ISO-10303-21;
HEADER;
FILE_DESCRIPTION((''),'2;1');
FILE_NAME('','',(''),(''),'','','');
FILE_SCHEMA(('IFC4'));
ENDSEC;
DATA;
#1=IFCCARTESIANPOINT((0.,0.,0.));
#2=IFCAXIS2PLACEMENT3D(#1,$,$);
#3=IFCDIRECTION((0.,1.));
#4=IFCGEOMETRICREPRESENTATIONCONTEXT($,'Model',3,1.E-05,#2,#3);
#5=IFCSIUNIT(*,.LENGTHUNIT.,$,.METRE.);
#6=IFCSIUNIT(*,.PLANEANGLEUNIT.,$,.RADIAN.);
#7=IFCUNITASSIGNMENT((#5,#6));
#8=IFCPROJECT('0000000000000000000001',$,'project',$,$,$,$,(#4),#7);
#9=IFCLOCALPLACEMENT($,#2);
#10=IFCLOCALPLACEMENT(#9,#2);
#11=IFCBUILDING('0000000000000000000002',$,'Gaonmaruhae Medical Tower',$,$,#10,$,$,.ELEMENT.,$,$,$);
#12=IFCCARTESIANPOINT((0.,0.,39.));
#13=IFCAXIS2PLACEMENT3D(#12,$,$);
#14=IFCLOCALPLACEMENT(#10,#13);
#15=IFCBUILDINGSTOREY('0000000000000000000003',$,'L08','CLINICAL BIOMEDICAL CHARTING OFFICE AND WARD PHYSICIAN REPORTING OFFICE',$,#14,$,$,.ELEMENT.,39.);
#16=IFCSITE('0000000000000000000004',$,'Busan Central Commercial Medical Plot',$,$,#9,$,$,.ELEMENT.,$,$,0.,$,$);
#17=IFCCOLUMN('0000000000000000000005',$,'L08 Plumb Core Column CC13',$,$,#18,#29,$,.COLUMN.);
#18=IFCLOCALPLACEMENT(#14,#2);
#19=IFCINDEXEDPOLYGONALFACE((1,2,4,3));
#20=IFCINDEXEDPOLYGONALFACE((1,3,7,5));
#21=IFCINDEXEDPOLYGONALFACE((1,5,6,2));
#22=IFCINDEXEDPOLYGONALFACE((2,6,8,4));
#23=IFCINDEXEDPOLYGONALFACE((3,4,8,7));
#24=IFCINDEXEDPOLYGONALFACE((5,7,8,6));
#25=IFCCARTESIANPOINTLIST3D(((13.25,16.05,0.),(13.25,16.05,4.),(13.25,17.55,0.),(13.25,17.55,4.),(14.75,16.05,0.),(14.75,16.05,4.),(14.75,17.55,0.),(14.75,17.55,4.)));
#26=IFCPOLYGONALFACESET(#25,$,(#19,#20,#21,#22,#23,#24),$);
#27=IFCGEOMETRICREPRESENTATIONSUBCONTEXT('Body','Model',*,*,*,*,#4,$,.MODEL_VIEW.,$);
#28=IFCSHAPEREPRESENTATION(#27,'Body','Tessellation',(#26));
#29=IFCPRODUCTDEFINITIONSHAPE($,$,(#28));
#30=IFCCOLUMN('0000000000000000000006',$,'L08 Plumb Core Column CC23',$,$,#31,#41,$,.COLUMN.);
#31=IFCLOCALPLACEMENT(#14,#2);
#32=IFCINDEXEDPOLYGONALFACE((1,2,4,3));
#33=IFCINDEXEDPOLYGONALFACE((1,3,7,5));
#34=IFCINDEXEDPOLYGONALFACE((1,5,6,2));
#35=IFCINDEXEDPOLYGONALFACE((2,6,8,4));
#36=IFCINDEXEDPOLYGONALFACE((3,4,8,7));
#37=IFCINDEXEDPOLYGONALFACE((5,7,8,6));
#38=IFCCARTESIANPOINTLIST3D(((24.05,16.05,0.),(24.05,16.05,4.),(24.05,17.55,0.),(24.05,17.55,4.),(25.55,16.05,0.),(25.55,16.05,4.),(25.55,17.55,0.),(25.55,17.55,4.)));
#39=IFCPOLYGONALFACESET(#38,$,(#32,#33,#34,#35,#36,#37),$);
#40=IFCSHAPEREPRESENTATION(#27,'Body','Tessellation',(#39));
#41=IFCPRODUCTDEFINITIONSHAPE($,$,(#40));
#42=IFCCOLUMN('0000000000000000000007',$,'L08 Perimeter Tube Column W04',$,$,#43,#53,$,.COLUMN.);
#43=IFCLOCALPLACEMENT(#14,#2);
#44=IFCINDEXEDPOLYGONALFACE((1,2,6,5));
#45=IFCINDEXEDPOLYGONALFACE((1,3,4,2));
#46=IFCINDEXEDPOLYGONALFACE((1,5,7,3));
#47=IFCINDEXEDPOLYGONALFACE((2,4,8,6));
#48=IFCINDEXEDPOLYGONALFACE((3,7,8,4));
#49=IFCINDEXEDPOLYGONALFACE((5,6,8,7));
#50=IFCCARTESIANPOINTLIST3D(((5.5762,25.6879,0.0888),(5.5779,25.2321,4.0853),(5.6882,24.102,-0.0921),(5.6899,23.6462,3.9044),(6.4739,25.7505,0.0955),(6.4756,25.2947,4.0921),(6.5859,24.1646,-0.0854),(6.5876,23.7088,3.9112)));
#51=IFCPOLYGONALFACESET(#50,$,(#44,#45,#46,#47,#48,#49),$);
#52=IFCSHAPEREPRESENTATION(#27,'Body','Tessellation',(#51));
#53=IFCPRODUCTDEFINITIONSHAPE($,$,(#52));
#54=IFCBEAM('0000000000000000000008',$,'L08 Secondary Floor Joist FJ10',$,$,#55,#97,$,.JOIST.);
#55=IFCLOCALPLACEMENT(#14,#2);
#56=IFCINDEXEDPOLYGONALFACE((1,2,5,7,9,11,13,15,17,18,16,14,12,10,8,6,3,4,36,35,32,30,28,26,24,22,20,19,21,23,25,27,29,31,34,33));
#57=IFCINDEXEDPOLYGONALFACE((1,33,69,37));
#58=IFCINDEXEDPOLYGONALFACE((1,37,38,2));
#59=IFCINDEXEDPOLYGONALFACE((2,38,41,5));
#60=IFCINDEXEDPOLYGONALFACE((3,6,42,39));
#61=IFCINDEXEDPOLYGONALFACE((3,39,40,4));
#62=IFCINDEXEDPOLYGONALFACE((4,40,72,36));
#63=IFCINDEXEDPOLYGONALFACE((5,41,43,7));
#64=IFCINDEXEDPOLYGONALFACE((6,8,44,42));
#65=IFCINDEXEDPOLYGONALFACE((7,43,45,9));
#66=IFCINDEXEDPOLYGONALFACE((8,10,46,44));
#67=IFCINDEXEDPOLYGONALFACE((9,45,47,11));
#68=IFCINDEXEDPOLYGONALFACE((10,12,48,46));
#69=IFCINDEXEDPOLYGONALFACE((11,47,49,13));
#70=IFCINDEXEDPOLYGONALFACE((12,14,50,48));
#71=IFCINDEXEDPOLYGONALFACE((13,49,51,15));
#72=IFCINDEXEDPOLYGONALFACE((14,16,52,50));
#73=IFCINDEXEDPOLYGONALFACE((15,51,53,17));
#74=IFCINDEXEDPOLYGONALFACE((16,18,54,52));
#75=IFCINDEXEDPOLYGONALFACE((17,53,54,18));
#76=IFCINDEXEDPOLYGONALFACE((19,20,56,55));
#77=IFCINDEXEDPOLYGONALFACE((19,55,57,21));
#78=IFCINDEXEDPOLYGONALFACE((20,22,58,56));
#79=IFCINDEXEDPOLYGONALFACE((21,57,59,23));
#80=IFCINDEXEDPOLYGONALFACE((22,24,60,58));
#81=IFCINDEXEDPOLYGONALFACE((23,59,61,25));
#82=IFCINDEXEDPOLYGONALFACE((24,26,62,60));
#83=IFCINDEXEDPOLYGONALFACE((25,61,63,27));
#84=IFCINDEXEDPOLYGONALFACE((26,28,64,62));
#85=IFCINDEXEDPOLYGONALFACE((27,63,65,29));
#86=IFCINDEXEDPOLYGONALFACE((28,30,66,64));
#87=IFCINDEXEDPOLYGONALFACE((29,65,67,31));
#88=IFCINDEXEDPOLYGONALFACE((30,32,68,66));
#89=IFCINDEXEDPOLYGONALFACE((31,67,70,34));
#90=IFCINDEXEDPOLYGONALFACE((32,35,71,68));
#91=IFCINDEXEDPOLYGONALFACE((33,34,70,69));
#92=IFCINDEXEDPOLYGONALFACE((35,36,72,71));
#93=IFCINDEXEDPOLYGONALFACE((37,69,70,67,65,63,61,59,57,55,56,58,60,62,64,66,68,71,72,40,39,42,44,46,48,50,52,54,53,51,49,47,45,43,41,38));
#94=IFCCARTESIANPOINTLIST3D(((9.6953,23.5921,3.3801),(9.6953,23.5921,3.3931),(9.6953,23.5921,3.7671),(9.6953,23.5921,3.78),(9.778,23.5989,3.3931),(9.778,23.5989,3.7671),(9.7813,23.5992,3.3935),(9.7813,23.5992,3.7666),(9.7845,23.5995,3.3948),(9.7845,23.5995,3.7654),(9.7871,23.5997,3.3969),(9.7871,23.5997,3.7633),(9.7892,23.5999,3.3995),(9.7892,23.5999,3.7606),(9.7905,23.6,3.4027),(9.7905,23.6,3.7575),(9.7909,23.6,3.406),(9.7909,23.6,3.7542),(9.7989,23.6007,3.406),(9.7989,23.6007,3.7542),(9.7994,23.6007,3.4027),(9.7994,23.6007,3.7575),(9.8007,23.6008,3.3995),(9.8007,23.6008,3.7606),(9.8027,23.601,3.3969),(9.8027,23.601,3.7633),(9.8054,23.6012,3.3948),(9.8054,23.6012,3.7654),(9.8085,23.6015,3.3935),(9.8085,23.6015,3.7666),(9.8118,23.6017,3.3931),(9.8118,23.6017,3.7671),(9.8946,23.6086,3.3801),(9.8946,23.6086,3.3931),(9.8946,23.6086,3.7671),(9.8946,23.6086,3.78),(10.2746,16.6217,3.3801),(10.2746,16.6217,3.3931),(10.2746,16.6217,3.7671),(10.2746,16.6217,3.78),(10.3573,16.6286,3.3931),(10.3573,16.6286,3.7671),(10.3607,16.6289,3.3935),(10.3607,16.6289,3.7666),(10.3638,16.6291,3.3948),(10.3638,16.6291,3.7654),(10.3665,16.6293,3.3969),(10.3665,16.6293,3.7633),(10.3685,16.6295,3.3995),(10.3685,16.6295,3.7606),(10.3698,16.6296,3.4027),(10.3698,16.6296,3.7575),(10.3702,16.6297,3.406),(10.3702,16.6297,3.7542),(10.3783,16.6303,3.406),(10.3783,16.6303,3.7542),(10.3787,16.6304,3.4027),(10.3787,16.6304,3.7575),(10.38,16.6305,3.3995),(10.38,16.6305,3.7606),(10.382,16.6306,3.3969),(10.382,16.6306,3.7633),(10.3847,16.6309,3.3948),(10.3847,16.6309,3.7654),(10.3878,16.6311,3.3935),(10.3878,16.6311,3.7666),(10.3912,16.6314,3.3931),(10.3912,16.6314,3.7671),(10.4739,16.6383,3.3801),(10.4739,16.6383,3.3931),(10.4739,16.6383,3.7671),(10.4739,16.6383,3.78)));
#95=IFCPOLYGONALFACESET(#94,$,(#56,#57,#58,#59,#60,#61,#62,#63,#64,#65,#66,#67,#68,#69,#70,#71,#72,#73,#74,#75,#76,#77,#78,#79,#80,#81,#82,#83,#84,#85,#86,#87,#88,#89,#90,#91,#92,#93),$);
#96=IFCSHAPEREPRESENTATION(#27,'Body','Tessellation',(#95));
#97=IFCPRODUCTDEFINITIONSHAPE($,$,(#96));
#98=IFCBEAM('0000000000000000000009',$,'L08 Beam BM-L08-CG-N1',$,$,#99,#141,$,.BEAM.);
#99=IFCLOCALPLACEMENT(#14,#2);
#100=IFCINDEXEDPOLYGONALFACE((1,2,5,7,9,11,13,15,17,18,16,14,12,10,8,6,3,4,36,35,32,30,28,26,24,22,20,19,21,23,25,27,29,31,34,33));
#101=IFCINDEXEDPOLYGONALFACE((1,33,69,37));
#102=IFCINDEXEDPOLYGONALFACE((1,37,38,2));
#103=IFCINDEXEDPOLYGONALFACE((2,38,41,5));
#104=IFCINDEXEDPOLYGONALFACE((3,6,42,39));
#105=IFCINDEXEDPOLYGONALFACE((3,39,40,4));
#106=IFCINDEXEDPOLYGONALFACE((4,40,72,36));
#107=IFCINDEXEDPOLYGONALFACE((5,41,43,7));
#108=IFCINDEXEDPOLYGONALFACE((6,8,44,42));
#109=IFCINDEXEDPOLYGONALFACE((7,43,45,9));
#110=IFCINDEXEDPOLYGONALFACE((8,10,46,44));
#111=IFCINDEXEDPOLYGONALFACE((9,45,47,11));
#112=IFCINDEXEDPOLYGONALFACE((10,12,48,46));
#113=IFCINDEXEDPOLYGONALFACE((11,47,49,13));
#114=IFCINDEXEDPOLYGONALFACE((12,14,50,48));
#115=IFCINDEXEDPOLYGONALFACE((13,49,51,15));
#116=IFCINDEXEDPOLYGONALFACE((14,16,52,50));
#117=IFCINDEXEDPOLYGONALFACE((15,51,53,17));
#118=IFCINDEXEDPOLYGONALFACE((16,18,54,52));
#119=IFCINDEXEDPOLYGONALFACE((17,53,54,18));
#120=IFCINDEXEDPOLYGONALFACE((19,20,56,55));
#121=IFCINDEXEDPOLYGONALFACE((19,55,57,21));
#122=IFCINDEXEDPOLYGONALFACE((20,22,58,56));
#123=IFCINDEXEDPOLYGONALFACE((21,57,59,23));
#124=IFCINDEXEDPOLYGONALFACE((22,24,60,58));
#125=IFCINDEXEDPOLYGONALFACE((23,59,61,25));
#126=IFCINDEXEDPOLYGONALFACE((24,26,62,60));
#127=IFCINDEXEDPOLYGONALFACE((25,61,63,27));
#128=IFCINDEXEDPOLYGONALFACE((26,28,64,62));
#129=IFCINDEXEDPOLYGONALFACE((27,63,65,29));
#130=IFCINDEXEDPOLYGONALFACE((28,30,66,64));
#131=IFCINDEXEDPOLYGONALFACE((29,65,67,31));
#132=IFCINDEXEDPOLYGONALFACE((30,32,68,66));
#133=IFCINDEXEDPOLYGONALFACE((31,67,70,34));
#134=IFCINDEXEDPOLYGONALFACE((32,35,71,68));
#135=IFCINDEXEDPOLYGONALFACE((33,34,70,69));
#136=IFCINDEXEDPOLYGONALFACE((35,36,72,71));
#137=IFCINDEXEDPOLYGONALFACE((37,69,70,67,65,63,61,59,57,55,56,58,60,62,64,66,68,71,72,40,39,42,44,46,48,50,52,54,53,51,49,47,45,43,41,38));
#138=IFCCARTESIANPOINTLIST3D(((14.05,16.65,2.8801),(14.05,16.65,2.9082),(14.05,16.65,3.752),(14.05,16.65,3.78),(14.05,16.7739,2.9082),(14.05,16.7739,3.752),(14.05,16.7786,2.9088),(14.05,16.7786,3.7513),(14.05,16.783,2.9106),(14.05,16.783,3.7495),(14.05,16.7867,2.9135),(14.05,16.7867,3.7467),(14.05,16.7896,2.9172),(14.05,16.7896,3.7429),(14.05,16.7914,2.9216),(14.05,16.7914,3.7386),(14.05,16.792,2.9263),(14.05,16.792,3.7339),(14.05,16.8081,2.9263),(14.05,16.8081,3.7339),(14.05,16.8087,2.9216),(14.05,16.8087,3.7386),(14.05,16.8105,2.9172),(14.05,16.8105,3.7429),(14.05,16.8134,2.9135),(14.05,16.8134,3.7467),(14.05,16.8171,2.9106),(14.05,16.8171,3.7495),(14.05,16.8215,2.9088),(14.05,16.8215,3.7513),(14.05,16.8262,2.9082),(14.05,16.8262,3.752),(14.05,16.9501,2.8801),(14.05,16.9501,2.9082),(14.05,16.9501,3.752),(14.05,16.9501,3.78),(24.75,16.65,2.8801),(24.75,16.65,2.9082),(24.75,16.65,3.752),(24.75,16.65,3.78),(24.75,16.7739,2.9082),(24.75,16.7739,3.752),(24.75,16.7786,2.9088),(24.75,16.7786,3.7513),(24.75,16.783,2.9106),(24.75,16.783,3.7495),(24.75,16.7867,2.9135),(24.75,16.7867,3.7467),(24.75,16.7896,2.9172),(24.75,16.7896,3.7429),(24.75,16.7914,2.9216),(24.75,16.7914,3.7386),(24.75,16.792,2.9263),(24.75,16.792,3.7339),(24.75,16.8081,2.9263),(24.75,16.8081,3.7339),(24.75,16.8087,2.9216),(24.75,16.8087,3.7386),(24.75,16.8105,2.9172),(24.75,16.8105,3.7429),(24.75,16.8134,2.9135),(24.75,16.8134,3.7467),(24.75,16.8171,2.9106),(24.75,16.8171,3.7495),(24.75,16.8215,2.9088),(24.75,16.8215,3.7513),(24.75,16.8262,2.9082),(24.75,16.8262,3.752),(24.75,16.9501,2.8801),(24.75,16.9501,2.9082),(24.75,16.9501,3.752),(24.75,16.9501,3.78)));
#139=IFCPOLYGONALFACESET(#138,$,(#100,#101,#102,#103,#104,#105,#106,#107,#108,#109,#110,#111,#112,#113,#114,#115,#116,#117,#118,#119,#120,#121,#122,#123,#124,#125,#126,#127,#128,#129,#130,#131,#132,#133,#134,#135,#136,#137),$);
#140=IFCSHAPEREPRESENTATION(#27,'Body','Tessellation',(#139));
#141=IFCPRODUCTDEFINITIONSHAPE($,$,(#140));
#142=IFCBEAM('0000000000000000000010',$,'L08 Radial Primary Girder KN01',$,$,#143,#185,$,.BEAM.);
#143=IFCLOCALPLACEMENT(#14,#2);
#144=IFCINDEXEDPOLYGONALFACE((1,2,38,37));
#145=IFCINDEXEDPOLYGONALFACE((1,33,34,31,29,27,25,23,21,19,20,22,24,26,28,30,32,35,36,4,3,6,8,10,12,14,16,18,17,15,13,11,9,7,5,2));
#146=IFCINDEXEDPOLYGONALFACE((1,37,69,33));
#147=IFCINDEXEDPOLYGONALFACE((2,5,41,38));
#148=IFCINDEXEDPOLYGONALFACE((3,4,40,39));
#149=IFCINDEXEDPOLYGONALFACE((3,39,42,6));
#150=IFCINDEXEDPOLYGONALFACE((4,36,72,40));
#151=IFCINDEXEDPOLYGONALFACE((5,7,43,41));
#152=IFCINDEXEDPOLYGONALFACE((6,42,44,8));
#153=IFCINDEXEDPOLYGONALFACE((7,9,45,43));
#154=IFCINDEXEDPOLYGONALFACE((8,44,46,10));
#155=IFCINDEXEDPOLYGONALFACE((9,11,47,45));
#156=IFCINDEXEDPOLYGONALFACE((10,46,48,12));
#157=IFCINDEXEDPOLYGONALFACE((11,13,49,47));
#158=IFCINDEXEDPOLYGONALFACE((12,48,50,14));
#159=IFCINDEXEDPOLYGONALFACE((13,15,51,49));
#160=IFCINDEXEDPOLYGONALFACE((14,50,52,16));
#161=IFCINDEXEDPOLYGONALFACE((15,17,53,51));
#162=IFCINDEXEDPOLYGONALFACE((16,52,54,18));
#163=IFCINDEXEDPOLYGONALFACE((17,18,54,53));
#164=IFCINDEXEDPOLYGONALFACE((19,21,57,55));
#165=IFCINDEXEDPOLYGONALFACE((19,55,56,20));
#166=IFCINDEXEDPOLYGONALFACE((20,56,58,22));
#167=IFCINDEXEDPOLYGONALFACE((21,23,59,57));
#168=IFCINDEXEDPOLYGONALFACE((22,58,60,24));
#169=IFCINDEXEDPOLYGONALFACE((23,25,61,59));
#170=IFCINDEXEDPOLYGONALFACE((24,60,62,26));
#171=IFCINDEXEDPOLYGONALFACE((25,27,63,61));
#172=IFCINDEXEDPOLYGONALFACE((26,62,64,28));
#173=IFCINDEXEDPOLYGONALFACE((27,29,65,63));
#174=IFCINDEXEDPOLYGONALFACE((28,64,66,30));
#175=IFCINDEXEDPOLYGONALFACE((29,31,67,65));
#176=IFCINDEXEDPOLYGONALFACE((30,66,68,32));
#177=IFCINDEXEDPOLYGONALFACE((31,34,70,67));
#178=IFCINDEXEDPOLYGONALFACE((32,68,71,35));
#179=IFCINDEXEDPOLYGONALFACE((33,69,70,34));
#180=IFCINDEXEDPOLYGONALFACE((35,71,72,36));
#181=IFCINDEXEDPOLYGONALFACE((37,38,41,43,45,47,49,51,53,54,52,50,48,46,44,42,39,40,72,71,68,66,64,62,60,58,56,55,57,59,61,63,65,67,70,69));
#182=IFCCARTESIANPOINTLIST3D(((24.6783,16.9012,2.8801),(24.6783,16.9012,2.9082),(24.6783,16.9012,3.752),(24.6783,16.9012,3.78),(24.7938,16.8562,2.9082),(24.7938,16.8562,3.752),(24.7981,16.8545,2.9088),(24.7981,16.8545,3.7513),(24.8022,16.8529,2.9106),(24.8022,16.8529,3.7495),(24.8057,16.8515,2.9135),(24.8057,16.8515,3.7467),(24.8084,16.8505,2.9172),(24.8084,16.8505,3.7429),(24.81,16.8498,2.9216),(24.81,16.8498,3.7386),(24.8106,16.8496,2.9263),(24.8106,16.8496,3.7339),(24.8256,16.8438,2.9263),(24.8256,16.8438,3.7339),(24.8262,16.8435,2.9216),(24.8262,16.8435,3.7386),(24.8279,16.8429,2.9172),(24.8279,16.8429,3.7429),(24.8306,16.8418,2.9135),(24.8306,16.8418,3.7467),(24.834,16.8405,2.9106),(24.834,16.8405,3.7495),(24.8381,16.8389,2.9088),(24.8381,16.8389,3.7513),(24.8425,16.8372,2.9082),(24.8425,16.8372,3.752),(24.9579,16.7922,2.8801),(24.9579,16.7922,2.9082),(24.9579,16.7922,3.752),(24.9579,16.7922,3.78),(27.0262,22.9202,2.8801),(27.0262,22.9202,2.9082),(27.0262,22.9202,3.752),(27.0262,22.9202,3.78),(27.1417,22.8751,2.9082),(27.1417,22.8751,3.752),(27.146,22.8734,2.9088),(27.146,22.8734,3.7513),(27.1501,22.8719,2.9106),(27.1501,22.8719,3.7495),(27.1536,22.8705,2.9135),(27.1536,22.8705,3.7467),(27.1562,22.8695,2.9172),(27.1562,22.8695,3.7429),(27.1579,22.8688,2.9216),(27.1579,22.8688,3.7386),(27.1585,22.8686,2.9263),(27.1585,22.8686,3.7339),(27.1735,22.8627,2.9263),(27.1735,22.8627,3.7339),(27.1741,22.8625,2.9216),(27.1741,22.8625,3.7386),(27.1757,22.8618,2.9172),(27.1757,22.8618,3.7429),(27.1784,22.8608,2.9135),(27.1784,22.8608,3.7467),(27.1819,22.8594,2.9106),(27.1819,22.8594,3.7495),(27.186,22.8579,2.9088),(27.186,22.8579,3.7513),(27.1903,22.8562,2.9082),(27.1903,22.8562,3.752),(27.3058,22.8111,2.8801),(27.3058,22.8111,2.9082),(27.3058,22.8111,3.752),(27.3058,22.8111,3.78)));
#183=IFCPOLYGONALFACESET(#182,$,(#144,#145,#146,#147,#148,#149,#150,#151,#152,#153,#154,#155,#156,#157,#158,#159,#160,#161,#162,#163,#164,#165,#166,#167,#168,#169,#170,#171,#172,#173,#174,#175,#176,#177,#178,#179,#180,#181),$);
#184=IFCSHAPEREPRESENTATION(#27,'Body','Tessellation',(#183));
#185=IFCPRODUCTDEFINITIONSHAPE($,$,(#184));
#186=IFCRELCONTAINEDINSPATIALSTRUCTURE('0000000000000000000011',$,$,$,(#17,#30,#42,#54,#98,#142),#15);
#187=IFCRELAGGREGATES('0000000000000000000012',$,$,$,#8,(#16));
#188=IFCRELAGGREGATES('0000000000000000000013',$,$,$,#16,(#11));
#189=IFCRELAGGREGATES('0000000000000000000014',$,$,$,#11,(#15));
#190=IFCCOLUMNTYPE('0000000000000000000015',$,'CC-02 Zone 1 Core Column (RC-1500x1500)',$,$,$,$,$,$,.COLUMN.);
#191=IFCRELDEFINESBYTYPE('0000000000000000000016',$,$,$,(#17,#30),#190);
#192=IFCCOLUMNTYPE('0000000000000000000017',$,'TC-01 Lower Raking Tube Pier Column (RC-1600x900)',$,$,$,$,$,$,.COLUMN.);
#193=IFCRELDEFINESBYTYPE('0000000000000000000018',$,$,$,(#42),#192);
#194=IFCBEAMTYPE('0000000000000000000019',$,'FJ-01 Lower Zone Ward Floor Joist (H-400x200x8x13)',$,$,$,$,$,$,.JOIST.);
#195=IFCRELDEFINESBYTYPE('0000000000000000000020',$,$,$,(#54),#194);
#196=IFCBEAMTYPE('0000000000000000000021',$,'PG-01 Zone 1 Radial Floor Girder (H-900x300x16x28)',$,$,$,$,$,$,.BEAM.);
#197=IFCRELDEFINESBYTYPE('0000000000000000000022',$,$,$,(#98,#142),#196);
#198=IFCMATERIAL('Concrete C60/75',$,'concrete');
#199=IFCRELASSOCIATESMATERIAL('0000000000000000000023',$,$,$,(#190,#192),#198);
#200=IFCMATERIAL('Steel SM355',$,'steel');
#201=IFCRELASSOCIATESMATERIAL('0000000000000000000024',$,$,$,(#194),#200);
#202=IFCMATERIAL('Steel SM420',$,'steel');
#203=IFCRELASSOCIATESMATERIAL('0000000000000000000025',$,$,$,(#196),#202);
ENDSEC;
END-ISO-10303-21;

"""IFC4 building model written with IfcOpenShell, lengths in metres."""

from ifc_helpers import new_model, si_unit, direction, frame, origin, origin_2d, place, context, subcontext, project, spatial, rectangle, i_section, extrude, material, material_profile, profile_set, type_object, element, save


model = new_model("IFC4")

# Units and contexts
model_context = context("Model", 3, precision=1e-05, world=origin(), true_north=direction((0.0, 1.0)))
body_context = subcontext(model_context, "Body", "Model", "MODEL_VIEW")
ifc_project = project(units=[si_unit("LENGTHUNIT", "METRE"), si_unit("PLANEANGLEUNIT", "RADIAN")], contexts=[model_context])

# Site, building, storey
site_placement = place(None, origin())
site = spatial("IfcSite", under=ifc_project, at=site_placement, Name="Busan Central Commercial Medical Plot", CompositionType="ELEMENT", RefElevation=0.0)
building_placement = place(site_placement, origin())
building = spatial("IfcBuilding", under=site, at=building_placement, Name="Gaonmaruhae Medical Tower", CompositionType="ELEMENT")
storey_placement = place(building_placement, frame((0.0, 0.0, 39.0)))
storey = spatial("IfcBuildingStorey", under=building, at=storey_placement, Name="L08", Description="CLINICAL BIOMEDICAL CHARTING OFFICE AND WARD PHYSICIAN REPORTING OFFICE", CompositionType="ELEMENT", Elevation=39.0)

# Columns
ifc_material_1 = material(Name="Concrete C60/75", Category="concrete")
ifc_material_profile_1 = material_profile(ifc_material_1, rectangle(XDim=1.5, YDim=1.5, at=origin_2d()), Name="RC-1500x1500")
ifc_profile_set_1 = profile_set([ifc_material_profile_1], Name="Concrete C60/75")
column_type_1 = type_object("IfcColumnType", Name="CC-02 Zone 1 Core Column (RC-1500x1500)", PredefinedType="COLUMN", material=ifc_profile_set_1)
for number, where, z_axis, x_axis, name in (
    (1, (14.0, 16.8, 0.0), (0.0, 0.0, 1.0), (1.0, 0.0, 0.0), "L08 Plumb Core Column CC13"),
    (2, (24.8, 16.8, 0.0), (0.0, 0.0, 1.0), (1.0, 0.0, 0.0), "L08 Plumb Core Column CC23"),
):
    element("IfcColumn", number, at=place(storey_placement, frame(where, z_axis=z_axis, x_axis=x_axis)), inside=storey, type_object=column_type_1, Name=name, PredefinedType="COLUMN", context=body_context, shape_type="SweptSolid", body=[
        extrude(rectangle(XDim=1.5, YDim=1.5, at=origin_2d()), origin(), (0.0, 0.0, 1.0), 4.0),
    ])
ifc_material_profile_2 = material_profile(ifc_material_1, rectangle(XDim=1.6001, YDim=0.8999, at=origin_2d()), Name="RC-1600x900")
ifc_profile_set_2 = profile_set([ifc_material_profile_2], Name="Concrete C60/75")
column_type_2 = type_object("IfcColumnType", Name="TC-01 Lower Raking Tube Pier Column (RC-1600x900)", PredefinedType="COLUMN", material=ifc_profile_set_2)
column_placement = place(storey_placement, frame((6.0811, 24.9263, 0.0017), z_axis=(0.000425, -0.113315, 0.993559), x_axis=(-0.06999, 0.991119, 0.113067)))
element("IfcColumn", 3, at=column_placement, inside=storey, type_object=column_type_2, Name="L08 Perimeter Tube Column W04", PredefinedType="COLUMN", context=body_context, shape_type="SweptSolid", body=[
    extrude(rectangle(XDim=1.6001, YDim=0.8999, at=origin_2d()), origin(), (0.0, 0.0, 1.0), 4.0225),
])

# Beams
ifc_material_2 = material(Name="Steel SM355", Category="steel")
ifc_material_profile_3 = material_profile(ifc_material_2, i_section(OverallWidth=0.2, OverallDepth=0.3999, WebThickness=0.0081, FlangeThickness=0.0129, FilletRadius=0.0129, at=origin_2d()), Name="H-400x200x8x13")
ifc_profile_set_3 = profile_set([ifc_material_profile_3], Name="Steel SM355")
beam_type_1 = type_object("IfcBeamType", Name="FJ-01 Lower Zone Ward Floor Joist (H-400x200x8x13)", PredefinedType="JOIST", material=ifc_profile_set_3)
beam_1_placement = place(storey_placement, frame((9.7949, 23.6003, 3.5801), z_axis=(0.082829, -0.996564, 0.0), x_axis=(0.996564, 0.082829, 0.0)))
element("IfcBeam", 4, at=beam_1_placement, inside=storey, type_object=beam_type_1, Name="L08 Secondary Floor Joist FJ10", PredefinedType="JOIST", context=body_context, shape_type="SweptSolid", body=[
    extrude(i_section(OverallWidth=0.2, OverallDepth=0.3999, WebThickness=0.0081, FlangeThickness=0.0129, FilletRadius=0.0129, at=origin_2d()), origin(), (0.0, 0.0, 1.0), 6.9944),
])
ifc_material_3 = material(Name="Steel SM420", Category="steel")
ifc_material_profile_4 = material_profile(ifc_material_3, i_section(OverallWidth=0.3, OverallDepth=0.8999, WebThickness=0.0161, FlangeThickness=0.0281, FilletRadius=0.0181, at=origin_2d()), Name="H-900x300x16x28")
ifc_profile_set_4 = profile_set([ifc_material_profile_4], Name="Steel SM420")
beam_type_2 = type_object("IfcBeamType", Name="PG-01 Zone 1 Radial Floor Girder (H-900x300x16x28)", PredefinedType="BEAM", material=ifc_profile_set_4)
beam_2_placement = place(storey_placement, frame((14.05, 16.8, 3.3301), z_axis=(1.0, 0.0, 0.0), x_axis=(0.0, 1.0, 0.0)))
element("IfcBeam", 5, at=beam_2_placement, inside=storey, type_object=beam_type_2, Name="L08 Beam BM-L08-CG-N1", PredefinedType="BEAM", context=body_context, shape_type="SweptSolid", body=[
    extrude(i_section(OverallWidth=0.3, OverallDepth=0.8999, WebThickness=0.0161, FlangeThickness=0.0281, FilletRadius=0.0181, at=origin_2d()), origin(), (0.0, 0.0, 1.0), 10.7),
])
beam_3_placement = place(storey_placement, frame((24.8181, 16.8467, 3.3301), z_axis=(0.363409, 0.93163, 0.0), x_axis=(-0.93163, 0.363409, 0.0)))
element("IfcBeam", 6, at=beam_3_placement, inside=storey, type_object=beam_type_2, Name="L08 Radial Primary Girder KN01", PredefinedType="BEAM", context=body_context, shape_type="SweptSolid", body=[
    extrude(i_section(OverallWidth=0.3, OverallDepth=0.8999, WebThickness=0.0161, FlangeThickness=0.0281, FilletRadius=0.0181, at=origin_2d()), origin(), (0.0, 0.0, 1.0), 6.4607),
])

save(model, "model.ifc")
